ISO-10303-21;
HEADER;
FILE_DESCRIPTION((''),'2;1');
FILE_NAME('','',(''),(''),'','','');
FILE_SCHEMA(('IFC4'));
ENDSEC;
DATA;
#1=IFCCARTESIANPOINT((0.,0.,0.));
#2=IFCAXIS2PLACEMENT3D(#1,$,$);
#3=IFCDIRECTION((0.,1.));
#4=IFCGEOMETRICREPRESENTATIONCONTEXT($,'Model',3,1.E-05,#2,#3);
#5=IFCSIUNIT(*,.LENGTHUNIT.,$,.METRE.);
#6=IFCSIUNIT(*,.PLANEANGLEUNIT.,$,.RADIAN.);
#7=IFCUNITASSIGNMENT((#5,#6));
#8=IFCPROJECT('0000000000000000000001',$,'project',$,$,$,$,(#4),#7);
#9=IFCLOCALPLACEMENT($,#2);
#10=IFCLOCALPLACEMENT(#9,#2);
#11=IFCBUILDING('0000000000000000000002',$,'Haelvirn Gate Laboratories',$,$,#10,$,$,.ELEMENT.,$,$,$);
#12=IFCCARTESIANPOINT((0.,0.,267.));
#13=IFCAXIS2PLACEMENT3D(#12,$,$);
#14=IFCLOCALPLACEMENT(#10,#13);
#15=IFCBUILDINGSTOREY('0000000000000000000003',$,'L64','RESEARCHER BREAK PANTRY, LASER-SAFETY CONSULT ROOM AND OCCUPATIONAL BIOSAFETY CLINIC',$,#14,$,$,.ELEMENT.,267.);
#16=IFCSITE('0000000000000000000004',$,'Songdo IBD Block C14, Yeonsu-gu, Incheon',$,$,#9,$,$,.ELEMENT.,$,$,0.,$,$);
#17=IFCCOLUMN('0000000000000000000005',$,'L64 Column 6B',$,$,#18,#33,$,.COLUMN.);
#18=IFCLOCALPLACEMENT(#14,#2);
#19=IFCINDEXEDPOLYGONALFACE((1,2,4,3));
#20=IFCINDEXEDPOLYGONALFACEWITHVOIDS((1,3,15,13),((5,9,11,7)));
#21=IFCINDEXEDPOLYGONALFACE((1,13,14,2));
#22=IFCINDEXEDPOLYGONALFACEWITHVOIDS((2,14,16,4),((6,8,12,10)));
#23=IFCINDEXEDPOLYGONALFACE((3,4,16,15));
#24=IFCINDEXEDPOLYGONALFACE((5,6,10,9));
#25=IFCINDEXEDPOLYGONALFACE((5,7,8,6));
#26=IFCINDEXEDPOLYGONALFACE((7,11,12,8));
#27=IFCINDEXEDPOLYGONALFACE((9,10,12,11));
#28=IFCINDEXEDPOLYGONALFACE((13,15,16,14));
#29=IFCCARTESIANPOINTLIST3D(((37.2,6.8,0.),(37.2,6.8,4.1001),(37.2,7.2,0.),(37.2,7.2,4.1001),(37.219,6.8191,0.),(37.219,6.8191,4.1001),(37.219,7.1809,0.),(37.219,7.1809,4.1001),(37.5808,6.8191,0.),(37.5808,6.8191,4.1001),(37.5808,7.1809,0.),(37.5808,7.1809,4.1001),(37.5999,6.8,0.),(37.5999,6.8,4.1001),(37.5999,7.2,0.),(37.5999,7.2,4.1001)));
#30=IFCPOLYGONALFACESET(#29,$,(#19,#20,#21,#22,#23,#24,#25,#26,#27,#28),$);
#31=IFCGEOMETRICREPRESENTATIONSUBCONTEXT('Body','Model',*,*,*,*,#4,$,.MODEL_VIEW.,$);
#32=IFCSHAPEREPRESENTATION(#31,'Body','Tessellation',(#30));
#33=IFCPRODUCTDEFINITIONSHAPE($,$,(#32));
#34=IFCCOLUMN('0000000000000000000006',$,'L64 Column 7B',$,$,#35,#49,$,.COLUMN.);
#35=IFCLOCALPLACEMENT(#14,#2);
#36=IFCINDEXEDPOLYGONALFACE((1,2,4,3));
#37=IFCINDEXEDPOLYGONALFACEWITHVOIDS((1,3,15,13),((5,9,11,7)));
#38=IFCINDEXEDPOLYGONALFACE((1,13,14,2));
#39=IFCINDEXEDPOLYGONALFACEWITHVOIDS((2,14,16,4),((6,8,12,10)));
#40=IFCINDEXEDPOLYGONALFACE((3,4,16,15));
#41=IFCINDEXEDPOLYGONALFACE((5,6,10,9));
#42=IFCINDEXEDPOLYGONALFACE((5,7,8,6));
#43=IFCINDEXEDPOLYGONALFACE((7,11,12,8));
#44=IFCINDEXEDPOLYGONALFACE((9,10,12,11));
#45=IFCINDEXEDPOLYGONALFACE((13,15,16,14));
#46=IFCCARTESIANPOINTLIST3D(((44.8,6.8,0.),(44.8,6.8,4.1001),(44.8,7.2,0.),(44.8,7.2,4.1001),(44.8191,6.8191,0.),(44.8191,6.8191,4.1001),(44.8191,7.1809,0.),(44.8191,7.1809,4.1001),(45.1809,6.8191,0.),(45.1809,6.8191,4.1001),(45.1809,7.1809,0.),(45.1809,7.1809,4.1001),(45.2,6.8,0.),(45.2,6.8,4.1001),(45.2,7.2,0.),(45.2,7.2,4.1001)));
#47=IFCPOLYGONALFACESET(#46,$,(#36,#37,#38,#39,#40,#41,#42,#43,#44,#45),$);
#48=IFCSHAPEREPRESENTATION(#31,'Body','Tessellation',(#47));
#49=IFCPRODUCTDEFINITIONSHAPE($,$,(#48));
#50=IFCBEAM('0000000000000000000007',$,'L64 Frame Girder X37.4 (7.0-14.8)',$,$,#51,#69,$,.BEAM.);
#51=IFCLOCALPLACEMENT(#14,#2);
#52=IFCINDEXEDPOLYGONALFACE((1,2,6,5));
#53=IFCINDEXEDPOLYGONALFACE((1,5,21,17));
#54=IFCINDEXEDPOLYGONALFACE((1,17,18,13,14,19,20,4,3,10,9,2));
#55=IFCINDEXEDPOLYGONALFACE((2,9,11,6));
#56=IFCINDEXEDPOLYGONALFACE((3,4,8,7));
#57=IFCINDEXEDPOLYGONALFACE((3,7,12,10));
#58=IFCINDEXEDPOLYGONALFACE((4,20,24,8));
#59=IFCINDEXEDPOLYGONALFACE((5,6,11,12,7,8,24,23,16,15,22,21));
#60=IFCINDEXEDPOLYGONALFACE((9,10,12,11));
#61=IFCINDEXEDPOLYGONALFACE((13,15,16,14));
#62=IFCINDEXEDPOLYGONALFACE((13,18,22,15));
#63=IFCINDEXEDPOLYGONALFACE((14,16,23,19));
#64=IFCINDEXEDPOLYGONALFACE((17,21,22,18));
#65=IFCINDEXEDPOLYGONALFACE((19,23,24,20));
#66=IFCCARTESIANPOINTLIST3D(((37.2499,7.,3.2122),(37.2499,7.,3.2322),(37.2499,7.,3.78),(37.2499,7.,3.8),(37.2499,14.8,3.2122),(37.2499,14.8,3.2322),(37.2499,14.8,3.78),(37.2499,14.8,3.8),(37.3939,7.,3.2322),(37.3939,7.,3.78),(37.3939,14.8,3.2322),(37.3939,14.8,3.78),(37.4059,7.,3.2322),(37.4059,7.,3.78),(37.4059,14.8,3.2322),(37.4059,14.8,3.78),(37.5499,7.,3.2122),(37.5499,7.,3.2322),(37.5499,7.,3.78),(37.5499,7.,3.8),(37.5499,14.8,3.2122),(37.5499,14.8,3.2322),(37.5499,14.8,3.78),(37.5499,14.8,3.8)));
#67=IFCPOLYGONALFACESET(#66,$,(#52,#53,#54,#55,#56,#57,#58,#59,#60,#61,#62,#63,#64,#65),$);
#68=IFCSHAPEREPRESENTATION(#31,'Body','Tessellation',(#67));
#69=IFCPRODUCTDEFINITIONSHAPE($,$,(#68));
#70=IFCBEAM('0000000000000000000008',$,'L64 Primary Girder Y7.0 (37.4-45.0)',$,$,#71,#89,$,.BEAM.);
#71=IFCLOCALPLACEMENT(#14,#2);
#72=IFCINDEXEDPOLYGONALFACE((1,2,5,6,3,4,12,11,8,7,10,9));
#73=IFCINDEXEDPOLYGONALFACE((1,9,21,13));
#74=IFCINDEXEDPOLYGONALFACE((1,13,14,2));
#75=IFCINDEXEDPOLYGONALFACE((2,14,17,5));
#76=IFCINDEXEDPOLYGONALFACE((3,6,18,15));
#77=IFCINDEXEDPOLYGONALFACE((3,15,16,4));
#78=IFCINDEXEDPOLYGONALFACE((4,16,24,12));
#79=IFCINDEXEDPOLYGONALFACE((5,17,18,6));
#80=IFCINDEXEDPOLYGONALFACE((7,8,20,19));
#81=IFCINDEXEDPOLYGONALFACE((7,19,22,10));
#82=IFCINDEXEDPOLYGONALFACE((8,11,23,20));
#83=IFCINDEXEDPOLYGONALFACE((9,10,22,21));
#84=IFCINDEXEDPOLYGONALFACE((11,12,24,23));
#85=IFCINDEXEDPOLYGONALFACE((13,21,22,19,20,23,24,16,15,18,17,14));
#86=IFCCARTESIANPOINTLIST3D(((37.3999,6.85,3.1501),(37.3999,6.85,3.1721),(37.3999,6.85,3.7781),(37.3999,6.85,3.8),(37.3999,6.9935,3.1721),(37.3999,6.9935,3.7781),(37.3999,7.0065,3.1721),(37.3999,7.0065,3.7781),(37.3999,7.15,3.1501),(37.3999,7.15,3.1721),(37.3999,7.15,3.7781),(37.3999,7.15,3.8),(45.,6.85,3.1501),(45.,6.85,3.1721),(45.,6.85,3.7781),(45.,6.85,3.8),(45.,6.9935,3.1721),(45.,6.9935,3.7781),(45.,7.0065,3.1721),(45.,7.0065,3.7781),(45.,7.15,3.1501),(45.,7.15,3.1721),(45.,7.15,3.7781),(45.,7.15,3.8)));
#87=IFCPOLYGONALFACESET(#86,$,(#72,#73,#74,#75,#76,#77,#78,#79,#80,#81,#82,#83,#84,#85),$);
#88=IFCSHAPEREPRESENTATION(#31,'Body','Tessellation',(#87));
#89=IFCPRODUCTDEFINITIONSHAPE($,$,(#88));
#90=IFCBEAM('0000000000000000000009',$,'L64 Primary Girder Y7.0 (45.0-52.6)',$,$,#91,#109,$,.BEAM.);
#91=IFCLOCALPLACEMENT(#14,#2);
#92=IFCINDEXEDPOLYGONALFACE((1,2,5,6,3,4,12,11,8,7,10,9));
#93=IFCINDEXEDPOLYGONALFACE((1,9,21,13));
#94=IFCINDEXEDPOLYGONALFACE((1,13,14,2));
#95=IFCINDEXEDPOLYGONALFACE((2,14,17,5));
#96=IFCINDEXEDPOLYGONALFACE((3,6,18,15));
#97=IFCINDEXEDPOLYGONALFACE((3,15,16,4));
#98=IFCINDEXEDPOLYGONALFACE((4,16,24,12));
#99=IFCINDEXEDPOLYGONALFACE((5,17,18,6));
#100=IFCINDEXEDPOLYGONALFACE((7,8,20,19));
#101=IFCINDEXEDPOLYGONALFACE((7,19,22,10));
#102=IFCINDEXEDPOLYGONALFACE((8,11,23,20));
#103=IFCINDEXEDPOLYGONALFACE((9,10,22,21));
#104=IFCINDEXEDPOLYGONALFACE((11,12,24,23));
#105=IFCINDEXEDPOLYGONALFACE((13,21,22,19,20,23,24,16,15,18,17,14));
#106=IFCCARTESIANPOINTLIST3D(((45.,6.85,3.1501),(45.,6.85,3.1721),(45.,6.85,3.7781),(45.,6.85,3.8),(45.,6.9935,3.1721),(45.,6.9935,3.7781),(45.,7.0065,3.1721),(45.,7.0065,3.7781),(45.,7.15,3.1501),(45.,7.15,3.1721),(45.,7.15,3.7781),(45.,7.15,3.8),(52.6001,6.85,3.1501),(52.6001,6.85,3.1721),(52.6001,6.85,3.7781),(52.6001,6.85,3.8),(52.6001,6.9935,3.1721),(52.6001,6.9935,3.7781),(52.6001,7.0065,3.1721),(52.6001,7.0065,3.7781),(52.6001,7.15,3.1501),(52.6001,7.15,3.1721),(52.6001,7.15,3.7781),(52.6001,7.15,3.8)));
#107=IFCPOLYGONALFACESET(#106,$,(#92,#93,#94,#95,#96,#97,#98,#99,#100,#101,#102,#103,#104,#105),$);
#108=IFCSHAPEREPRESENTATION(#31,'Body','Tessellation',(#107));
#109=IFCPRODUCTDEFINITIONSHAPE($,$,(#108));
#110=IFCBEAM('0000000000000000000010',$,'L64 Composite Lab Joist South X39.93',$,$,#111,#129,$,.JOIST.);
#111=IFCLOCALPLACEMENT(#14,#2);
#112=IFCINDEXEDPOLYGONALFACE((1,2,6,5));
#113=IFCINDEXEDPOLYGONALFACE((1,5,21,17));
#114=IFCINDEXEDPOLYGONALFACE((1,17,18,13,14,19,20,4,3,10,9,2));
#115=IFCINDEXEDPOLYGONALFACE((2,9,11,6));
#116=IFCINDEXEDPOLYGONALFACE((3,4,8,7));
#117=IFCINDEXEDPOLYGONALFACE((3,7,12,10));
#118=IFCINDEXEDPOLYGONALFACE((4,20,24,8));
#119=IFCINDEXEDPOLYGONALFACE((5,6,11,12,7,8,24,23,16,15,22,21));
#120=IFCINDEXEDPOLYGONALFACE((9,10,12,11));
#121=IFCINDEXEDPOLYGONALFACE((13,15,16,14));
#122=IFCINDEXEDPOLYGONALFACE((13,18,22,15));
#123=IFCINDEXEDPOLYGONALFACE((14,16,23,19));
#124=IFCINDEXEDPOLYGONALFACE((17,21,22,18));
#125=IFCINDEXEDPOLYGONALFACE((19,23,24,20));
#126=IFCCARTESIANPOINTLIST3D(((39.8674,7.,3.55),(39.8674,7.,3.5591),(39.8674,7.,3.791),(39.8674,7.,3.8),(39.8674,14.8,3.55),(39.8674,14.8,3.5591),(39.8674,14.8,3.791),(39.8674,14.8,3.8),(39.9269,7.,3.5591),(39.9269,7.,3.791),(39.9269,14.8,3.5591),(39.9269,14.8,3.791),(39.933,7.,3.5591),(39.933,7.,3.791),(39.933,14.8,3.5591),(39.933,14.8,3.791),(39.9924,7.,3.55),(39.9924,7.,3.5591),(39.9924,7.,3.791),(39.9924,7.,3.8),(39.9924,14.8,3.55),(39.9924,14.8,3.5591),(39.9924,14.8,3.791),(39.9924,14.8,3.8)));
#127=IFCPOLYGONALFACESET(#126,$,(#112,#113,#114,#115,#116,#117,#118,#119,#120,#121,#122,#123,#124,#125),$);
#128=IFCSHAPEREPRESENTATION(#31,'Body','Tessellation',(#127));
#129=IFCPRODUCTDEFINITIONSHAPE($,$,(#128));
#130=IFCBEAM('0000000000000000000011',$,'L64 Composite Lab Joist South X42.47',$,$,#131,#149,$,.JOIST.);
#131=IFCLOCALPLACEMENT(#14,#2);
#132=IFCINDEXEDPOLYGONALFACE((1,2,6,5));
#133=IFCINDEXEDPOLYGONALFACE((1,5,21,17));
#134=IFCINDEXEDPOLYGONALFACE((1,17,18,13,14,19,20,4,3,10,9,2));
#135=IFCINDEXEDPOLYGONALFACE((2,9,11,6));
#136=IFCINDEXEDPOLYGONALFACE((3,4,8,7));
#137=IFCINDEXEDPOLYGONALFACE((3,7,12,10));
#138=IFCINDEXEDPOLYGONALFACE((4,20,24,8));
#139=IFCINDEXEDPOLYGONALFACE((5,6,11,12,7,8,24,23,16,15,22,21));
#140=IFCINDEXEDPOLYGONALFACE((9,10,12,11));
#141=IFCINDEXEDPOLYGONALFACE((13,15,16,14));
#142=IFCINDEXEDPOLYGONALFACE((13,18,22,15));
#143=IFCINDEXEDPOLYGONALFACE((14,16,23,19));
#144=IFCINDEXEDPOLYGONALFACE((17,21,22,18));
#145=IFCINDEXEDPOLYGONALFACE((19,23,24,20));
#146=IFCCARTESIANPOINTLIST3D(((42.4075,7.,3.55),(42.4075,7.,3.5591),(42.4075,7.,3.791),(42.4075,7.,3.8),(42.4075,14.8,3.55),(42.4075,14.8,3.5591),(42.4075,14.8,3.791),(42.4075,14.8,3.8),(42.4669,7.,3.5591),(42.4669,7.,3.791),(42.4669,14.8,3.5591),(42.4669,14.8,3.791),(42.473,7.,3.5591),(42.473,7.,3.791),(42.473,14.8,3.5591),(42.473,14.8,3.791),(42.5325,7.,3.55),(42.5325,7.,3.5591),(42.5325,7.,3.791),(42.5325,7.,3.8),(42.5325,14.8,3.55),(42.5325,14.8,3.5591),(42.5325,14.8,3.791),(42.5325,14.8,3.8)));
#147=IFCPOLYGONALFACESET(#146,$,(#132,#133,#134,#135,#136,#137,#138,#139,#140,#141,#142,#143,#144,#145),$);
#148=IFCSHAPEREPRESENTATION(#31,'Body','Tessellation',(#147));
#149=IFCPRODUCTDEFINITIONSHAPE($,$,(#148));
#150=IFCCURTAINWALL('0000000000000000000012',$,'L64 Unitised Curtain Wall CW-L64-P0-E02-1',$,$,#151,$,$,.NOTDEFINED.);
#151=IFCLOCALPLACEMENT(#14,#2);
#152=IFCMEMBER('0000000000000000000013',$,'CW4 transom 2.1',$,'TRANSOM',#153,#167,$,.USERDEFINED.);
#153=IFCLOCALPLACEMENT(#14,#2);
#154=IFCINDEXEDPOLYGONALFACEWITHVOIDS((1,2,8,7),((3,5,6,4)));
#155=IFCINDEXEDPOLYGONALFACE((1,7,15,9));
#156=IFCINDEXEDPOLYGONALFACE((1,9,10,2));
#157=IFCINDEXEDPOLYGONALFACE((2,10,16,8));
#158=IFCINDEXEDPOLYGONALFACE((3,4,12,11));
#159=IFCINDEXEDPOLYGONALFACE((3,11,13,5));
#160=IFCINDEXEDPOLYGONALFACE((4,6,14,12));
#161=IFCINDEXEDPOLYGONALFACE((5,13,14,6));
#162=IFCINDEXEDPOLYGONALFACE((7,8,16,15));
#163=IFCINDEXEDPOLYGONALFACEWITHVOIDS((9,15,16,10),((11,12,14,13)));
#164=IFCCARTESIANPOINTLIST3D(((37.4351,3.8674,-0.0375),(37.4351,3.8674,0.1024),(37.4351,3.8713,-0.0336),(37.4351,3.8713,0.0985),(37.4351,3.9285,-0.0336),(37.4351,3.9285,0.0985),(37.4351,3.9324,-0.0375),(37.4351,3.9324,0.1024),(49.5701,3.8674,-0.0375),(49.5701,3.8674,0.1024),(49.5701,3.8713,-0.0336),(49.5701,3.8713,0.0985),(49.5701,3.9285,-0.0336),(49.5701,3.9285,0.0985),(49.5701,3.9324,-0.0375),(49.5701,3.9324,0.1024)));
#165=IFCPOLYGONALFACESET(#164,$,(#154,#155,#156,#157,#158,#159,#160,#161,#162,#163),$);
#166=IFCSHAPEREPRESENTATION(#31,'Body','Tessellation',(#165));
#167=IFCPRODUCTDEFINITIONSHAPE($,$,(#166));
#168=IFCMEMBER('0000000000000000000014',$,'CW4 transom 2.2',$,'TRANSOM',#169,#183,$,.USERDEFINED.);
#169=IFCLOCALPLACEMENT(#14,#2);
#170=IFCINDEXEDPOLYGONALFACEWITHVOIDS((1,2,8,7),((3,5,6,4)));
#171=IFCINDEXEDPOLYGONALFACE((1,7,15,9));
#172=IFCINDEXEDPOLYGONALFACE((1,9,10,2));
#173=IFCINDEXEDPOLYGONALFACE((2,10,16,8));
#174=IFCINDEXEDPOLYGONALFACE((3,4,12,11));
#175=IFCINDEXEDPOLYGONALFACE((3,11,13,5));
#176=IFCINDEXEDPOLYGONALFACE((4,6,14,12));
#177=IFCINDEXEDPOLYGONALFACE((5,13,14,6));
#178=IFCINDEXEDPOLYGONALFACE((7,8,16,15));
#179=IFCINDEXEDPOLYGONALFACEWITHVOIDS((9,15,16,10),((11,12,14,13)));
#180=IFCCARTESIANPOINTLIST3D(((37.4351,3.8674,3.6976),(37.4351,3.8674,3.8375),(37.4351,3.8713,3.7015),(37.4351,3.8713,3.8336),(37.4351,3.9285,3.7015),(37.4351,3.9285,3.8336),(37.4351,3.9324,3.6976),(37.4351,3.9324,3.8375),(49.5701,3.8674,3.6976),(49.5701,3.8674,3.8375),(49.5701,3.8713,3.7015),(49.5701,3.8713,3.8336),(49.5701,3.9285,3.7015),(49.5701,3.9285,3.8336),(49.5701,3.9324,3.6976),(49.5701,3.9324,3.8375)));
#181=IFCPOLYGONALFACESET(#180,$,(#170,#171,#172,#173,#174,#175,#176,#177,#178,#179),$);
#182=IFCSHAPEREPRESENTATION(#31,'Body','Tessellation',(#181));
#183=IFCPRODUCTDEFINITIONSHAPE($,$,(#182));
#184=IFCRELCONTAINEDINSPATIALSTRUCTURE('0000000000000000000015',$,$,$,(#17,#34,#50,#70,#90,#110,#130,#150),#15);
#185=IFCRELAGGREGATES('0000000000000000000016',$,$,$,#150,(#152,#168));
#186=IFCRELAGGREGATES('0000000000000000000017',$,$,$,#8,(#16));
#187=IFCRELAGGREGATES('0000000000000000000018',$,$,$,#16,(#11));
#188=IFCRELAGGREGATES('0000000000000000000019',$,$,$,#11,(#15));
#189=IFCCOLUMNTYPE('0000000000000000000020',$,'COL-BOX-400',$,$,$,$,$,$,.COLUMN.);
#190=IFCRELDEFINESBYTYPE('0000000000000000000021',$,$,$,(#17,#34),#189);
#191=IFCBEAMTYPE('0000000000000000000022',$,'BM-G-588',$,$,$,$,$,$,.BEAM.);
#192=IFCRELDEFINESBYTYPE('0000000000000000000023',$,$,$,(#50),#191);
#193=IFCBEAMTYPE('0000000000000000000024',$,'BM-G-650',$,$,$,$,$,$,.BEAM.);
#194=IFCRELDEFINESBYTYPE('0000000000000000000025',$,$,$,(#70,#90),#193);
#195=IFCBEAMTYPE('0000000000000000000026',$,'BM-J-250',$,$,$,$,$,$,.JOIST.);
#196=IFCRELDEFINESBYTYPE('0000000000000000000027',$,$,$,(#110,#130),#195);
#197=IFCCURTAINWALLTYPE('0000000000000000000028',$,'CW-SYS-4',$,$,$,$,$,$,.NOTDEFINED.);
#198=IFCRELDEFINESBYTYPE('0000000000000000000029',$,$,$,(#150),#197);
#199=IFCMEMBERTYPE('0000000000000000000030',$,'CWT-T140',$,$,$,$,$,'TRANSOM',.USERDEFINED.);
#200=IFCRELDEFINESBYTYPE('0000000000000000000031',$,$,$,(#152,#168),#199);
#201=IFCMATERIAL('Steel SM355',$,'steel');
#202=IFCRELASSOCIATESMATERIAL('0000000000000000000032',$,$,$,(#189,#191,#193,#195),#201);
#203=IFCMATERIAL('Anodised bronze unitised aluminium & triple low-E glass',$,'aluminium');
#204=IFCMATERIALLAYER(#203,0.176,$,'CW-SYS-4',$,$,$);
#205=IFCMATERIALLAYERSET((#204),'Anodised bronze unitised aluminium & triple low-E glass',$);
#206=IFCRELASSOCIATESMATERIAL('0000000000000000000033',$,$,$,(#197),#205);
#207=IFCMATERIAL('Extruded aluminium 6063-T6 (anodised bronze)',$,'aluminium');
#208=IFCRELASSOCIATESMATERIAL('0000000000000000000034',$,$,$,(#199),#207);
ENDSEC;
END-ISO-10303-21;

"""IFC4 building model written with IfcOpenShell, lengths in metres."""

from ifc_helpers import new_model, si_unit, direction, frame, origin, origin_2d, place, context, subcontext, project, spatial, hollow_rectangle, i_section, extrude, source, transform, mapped, material, layer, layer_set, material_profile, profile_set, type_object, type_shapes, element, aggregate, save


model = new_model("IFC4")

# Units and contexts
model_context = context("Model", 3, precision=1e-05, world=origin(), true_north=direction((0.0, 1.0)))
body_context = subcontext(model_context, "Body", "Model", "MODEL_VIEW")
ifc_project = project(units=[si_unit("LENGTHUNIT", "METRE"), si_unit("PLANEANGLEUNIT", "RADIAN")], contexts=[model_context])

# Site, building, storey
site_placement = place(None, origin())
site = spatial("IfcSite", under=ifc_project, at=site_placement, Name="Songdo IBD Block C14, Yeonsu-gu, Incheon", CompositionType="ELEMENT", RefElevation=0.0)
building_placement = place(site_placement, origin())
building = spatial("IfcBuilding", under=site, at=building_placement, Name="Haelvirn Gate Laboratories", CompositionType="ELEMENT")
storey_placement = place(building_placement, frame((0.0, 0.0, 267.0)))
storey = spatial("IfcBuildingStorey", under=building, at=storey_placement, Name="L64", Description="RESEARCHER BREAK PANTRY, LASER-SAFETY CONSULT ROOM AND OCCUPATIONAL BIOSAFETY CLINIC", CompositionType="ELEMENT", Elevation=267.0)

# Columns
ifc_material_1 = material(Name="Steel SM355", Category="steel")
ifc_material_profile_1 = material_profile(ifc_material_1, hollow_rectangle(XDim=0.3999, YDim=0.3999, WallThickness=0.019, at=origin_2d()), Name="BOX-400x400x19")
ifc_profile_set_1 = profile_set([ifc_material_profile_1], Name="Steel SM355")
column_type = type_object("IfcColumnType", Name="COL-BOX-400", PredefinedType="COLUMN", material=ifc_profile_set_1)
shared_shape_1 = source(origin(), body_context, "Body", "SweptSolid", [
    extrude(hollow_rectangle(XDim=0.3999, YDim=0.3999, WallThickness=0.019, at=origin_2d()), origin(), (0.0, 0.0, 1.0), 4.1001),
])
type_shapes(column_type, [shared_shape_1])
for number, where, z_axis, x_axis, name in (
    (1, (37.3999, 7.0, 0.0), (0.0, 0.0, 1.0), (1.0, 0.0, 0.0), "L64 Column 6B"),
    (2, (45.0, 7.0, 0.0), (0.0, 0.0, 1.0), (1.0, 0.0, 0.0), "L64 Column 7B"),
):
    element("IfcColumn", number, at=place(storey_placement, frame(where, z_axis=z_axis, x_axis=x_axis)), inside=storey, type_object=column_type, Name=name, PredefinedType="COLUMN", context=body_context, shape_type="MappedRepresentation", body=[
        mapped(shared_shape_1, transform((0.0, 0.0, 0.0), scale=1.0)),
    ])

# Beams
ifc_material_profile_2 = material_profile(ifc_material_1, i_section(OverallWidth=0.3, OverallDepth=0.5879, WebThickness=0.012, FlangeThickness=0.02, at=origin_2d()), Name="H-588x300x12x20")
ifc_profile_set_2 = profile_set([ifc_material_profile_2], Name="Steel SM355")
beam_type_1 = type_object("IfcBeamType", Name="BM-G-588", PredefinedType="BEAM", material=ifc_profile_set_2)
shared_shape_2 = source(origin(), body_context, "Body", "SweptSolid", [
    extrude(i_section(OverallWidth=0.3, OverallDepth=0.5879, WebThickness=0.012, FlangeThickness=0.02, at=origin_2d()), origin(), (0.0, 0.0, 1.0), 7.8),
])
type_shapes(beam_type_1, [shared_shape_2])
beam_placement = place(storey_placement, frame((37.3999, 7.0, 3.5061), z_axis=(0.0, 1.0, 0.0), x_axis=(-1.0, 0.0, 0.0)))
element("IfcBeam", 3, at=beam_placement, inside=storey, type_object=beam_type_1, Name="L64 Frame Girder X37.4 (7.0-14.8)", PredefinedType="BEAM", context=body_context, shape_type="MappedRepresentation", body=[
    mapped(shared_shape_2, transform((0.0, 0.0, 0.0), scale=1.0)),
])
ifc_material_profile_3 = material_profile(ifc_material_1, i_section(OverallWidth=0.3, OverallDepth=0.6499, WebThickness=0.0129, FlangeThickness=0.022, at=origin_2d()), Name="H-650x300x13x22")
ifc_profile_set_3 = profile_set([ifc_material_profile_3], Name="Steel SM355")
beam_type_2 = type_object("IfcBeamType", Name="BM-G-650", PredefinedType="BEAM", material=ifc_profile_set_3)
shared_shape_3 = source(origin(), body_context, "Body", "SweptSolid", [
    extrude(i_section(OverallWidth=0.3, OverallDepth=0.6499, WebThickness=0.0129, FlangeThickness=0.022, at=origin_2d()), origin(), (0.0, 0.0, 1.0), 7.6001),
])
type_shapes(beam_type_2, [shared_shape_3])
for number, where, z_axis, x_axis, name in (
    (4, (37.3999, 7.0, 3.4751), (1.0, 0.0, 0.0), (0.0, 1.0, 0.0), "L64 Primary Girder Y7.0 (37.4-45.0)"),
    (5, (45.0, 7.0, 3.4751), (1.0, 0.0, 0.0), (0.0, 1.0, 0.0), "L64 Primary Girder Y7.0 (45.0-52.6)"),
):
    element("IfcBeam", number, at=place(storey_placement, frame(where, z_axis=z_axis, x_axis=x_axis)), inside=storey, type_object=beam_type_2, Name=name, PredefinedType="BEAM", context=body_context, shape_type="MappedRepresentation", body=[
        mapped(shared_shape_3, transform((0.0, 0.0, 0.0), scale=1.0)),
    ])
ifc_material_profile_4 = material_profile(ifc_material_1, i_section(OverallWidth=0.125, OverallDepth=0.25, WebThickness=0.0061, FlangeThickness=0.009, at=origin_2d()), Name="H-250x125x6x9")
ifc_profile_set_4 = profile_set([ifc_material_profile_4], Name="Steel SM355")
beam_type_3 = type_object("IfcBeamType", Name="BM-J-250", PredefinedType="JOIST", material=ifc_profile_set_4)
shared_shape_4 = source(origin(), body_context, "Body", "SweptSolid", [
    extrude(i_section(OverallWidth=0.125, OverallDepth=0.25, WebThickness=0.0061, FlangeThickness=0.009, at=origin_2d()), origin(), (0.0, 0.0, 1.0), 7.8),
])
type_shapes(beam_type_3, [shared_shape_4])
for number, where, z_axis, x_axis, name in (
    (6, (39.9299, 7.0, 3.675), (0.0, 1.0, 0.0), (-1.0, 0.0, 0.0), "L64 Composite Lab Joist South X39.93"),
    (7, (42.47, 7.0, 3.675), (0.0, 1.0, 0.0), (-1.0, 0.0, 0.0), "L64 Composite Lab Joist South X42.47"),
):
    element("IfcBeam", number, at=place(storey_placement, frame(where, z_axis=z_axis, x_axis=x_axis)), inside=storey, type_object=beam_type_3, Name=name, PredefinedType="JOIST", context=body_context, shape_type="MappedRepresentation", body=[
        mapped(shared_shape_4, transform((0.0, 0.0, 0.0), scale=1.0)),
    ])

# Curtain wall, members
ifc_material_2 = material(Name="Anodised bronze unitised aluminium & triple low-E glass", Category="aluminium")
ifc_layer_1 = layer(ifc_material_2, 0.176, Name="CW-SYS-4")
ifc_layer_set_1 = layer_set([ifc_layer_1], Name="Anodised bronze unitised aluminium & triple low-E glass")
curtain_wall_type = type_object("IfcCurtainWallType", Name="CW-SYS-4", PredefinedType="NOTDEFINED", material=ifc_layer_set_1)
curtain_wall_1_placement = place(storey_placement, origin())
curtain_wall_1 = element("IfcCurtainWall", 8, at=curtain_wall_1_placement, inside=storey, type_object=curtain_wall_type, Name="L64 Unitised Curtain Wall CW-L64-P0-E02-1", PredefinedType="NOTDEFINED")
ifc_material_3 = material(Name="Extruded aluminium 6063-T6 (anodised bronze)", Category="aluminium")
ifc_material_profile_5 = material_profile(ifc_material_3, hollow_rectangle(XDim=0.0649, YDim=0.1399, WallThickness=0.0039, at=origin_2d()), Name="CWT-140x65x4")
ifc_profile_set_5 = profile_set([ifc_material_profile_5], Name="Extruded aluminium 6063-T6 (anodised bronze)")
member_type_1 = type_object("IfcMemberType", Name="CWT-T140", ElementType="TRANSOM", PredefinedType="USERDEFINED", material=ifc_profile_set_5)
shared_shape_5 = source(origin(), body_context, "Body", "SweptSolid", [
    extrude(hollow_rectangle(XDim=0.0649, YDim=0.1399, WallThickness=0.0039, at=origin_2d()), origin(), (0.0, 0.0, 1.0), 12.135),
])
member_1_placement = place(storey_placement, frame((37.4351, 3.8999, 0.0325), z_axis=(1.0, 0.0, 0.0), x_axis=(0.0, 1.0, 0.0)))
member_1 = element("IfcMember", 9, at=member_1_placement, type_object=member_type_1, Name="CW4 transom 2.1", ObjectType="TRANSOM", PredefinedType="USERDEFINED", context=body_context, shape_type="MappedRepresentation", body=[
    mapped(shared_shape_5, transform((0.0, 0.0, 0.0), scale=1.0)),
])
member_2_placement = place(storey_placement, frame((37.4351, 3.8999, 3.7676), z_axis=(1.0, 0.0, 0.0), x_axis=(0.0, 1.0, 0.0)))
member_2 = element("IfcMember", 10, at=member_2_placement, type_object=member_type_1, Name="CW4 transom 2.2", ObjectType="TRANSOM", PredefinedType="USERDEFINED", context=body_context, shape_type="MappedRepresentation", body=[
    mapped(shared_shape_5, transform((0.0, 0.0, 0.0), scale=1.0)),
])

aggregate(curtain_wall_1, [member_1, member_2])

save(model, "model.ifc")
